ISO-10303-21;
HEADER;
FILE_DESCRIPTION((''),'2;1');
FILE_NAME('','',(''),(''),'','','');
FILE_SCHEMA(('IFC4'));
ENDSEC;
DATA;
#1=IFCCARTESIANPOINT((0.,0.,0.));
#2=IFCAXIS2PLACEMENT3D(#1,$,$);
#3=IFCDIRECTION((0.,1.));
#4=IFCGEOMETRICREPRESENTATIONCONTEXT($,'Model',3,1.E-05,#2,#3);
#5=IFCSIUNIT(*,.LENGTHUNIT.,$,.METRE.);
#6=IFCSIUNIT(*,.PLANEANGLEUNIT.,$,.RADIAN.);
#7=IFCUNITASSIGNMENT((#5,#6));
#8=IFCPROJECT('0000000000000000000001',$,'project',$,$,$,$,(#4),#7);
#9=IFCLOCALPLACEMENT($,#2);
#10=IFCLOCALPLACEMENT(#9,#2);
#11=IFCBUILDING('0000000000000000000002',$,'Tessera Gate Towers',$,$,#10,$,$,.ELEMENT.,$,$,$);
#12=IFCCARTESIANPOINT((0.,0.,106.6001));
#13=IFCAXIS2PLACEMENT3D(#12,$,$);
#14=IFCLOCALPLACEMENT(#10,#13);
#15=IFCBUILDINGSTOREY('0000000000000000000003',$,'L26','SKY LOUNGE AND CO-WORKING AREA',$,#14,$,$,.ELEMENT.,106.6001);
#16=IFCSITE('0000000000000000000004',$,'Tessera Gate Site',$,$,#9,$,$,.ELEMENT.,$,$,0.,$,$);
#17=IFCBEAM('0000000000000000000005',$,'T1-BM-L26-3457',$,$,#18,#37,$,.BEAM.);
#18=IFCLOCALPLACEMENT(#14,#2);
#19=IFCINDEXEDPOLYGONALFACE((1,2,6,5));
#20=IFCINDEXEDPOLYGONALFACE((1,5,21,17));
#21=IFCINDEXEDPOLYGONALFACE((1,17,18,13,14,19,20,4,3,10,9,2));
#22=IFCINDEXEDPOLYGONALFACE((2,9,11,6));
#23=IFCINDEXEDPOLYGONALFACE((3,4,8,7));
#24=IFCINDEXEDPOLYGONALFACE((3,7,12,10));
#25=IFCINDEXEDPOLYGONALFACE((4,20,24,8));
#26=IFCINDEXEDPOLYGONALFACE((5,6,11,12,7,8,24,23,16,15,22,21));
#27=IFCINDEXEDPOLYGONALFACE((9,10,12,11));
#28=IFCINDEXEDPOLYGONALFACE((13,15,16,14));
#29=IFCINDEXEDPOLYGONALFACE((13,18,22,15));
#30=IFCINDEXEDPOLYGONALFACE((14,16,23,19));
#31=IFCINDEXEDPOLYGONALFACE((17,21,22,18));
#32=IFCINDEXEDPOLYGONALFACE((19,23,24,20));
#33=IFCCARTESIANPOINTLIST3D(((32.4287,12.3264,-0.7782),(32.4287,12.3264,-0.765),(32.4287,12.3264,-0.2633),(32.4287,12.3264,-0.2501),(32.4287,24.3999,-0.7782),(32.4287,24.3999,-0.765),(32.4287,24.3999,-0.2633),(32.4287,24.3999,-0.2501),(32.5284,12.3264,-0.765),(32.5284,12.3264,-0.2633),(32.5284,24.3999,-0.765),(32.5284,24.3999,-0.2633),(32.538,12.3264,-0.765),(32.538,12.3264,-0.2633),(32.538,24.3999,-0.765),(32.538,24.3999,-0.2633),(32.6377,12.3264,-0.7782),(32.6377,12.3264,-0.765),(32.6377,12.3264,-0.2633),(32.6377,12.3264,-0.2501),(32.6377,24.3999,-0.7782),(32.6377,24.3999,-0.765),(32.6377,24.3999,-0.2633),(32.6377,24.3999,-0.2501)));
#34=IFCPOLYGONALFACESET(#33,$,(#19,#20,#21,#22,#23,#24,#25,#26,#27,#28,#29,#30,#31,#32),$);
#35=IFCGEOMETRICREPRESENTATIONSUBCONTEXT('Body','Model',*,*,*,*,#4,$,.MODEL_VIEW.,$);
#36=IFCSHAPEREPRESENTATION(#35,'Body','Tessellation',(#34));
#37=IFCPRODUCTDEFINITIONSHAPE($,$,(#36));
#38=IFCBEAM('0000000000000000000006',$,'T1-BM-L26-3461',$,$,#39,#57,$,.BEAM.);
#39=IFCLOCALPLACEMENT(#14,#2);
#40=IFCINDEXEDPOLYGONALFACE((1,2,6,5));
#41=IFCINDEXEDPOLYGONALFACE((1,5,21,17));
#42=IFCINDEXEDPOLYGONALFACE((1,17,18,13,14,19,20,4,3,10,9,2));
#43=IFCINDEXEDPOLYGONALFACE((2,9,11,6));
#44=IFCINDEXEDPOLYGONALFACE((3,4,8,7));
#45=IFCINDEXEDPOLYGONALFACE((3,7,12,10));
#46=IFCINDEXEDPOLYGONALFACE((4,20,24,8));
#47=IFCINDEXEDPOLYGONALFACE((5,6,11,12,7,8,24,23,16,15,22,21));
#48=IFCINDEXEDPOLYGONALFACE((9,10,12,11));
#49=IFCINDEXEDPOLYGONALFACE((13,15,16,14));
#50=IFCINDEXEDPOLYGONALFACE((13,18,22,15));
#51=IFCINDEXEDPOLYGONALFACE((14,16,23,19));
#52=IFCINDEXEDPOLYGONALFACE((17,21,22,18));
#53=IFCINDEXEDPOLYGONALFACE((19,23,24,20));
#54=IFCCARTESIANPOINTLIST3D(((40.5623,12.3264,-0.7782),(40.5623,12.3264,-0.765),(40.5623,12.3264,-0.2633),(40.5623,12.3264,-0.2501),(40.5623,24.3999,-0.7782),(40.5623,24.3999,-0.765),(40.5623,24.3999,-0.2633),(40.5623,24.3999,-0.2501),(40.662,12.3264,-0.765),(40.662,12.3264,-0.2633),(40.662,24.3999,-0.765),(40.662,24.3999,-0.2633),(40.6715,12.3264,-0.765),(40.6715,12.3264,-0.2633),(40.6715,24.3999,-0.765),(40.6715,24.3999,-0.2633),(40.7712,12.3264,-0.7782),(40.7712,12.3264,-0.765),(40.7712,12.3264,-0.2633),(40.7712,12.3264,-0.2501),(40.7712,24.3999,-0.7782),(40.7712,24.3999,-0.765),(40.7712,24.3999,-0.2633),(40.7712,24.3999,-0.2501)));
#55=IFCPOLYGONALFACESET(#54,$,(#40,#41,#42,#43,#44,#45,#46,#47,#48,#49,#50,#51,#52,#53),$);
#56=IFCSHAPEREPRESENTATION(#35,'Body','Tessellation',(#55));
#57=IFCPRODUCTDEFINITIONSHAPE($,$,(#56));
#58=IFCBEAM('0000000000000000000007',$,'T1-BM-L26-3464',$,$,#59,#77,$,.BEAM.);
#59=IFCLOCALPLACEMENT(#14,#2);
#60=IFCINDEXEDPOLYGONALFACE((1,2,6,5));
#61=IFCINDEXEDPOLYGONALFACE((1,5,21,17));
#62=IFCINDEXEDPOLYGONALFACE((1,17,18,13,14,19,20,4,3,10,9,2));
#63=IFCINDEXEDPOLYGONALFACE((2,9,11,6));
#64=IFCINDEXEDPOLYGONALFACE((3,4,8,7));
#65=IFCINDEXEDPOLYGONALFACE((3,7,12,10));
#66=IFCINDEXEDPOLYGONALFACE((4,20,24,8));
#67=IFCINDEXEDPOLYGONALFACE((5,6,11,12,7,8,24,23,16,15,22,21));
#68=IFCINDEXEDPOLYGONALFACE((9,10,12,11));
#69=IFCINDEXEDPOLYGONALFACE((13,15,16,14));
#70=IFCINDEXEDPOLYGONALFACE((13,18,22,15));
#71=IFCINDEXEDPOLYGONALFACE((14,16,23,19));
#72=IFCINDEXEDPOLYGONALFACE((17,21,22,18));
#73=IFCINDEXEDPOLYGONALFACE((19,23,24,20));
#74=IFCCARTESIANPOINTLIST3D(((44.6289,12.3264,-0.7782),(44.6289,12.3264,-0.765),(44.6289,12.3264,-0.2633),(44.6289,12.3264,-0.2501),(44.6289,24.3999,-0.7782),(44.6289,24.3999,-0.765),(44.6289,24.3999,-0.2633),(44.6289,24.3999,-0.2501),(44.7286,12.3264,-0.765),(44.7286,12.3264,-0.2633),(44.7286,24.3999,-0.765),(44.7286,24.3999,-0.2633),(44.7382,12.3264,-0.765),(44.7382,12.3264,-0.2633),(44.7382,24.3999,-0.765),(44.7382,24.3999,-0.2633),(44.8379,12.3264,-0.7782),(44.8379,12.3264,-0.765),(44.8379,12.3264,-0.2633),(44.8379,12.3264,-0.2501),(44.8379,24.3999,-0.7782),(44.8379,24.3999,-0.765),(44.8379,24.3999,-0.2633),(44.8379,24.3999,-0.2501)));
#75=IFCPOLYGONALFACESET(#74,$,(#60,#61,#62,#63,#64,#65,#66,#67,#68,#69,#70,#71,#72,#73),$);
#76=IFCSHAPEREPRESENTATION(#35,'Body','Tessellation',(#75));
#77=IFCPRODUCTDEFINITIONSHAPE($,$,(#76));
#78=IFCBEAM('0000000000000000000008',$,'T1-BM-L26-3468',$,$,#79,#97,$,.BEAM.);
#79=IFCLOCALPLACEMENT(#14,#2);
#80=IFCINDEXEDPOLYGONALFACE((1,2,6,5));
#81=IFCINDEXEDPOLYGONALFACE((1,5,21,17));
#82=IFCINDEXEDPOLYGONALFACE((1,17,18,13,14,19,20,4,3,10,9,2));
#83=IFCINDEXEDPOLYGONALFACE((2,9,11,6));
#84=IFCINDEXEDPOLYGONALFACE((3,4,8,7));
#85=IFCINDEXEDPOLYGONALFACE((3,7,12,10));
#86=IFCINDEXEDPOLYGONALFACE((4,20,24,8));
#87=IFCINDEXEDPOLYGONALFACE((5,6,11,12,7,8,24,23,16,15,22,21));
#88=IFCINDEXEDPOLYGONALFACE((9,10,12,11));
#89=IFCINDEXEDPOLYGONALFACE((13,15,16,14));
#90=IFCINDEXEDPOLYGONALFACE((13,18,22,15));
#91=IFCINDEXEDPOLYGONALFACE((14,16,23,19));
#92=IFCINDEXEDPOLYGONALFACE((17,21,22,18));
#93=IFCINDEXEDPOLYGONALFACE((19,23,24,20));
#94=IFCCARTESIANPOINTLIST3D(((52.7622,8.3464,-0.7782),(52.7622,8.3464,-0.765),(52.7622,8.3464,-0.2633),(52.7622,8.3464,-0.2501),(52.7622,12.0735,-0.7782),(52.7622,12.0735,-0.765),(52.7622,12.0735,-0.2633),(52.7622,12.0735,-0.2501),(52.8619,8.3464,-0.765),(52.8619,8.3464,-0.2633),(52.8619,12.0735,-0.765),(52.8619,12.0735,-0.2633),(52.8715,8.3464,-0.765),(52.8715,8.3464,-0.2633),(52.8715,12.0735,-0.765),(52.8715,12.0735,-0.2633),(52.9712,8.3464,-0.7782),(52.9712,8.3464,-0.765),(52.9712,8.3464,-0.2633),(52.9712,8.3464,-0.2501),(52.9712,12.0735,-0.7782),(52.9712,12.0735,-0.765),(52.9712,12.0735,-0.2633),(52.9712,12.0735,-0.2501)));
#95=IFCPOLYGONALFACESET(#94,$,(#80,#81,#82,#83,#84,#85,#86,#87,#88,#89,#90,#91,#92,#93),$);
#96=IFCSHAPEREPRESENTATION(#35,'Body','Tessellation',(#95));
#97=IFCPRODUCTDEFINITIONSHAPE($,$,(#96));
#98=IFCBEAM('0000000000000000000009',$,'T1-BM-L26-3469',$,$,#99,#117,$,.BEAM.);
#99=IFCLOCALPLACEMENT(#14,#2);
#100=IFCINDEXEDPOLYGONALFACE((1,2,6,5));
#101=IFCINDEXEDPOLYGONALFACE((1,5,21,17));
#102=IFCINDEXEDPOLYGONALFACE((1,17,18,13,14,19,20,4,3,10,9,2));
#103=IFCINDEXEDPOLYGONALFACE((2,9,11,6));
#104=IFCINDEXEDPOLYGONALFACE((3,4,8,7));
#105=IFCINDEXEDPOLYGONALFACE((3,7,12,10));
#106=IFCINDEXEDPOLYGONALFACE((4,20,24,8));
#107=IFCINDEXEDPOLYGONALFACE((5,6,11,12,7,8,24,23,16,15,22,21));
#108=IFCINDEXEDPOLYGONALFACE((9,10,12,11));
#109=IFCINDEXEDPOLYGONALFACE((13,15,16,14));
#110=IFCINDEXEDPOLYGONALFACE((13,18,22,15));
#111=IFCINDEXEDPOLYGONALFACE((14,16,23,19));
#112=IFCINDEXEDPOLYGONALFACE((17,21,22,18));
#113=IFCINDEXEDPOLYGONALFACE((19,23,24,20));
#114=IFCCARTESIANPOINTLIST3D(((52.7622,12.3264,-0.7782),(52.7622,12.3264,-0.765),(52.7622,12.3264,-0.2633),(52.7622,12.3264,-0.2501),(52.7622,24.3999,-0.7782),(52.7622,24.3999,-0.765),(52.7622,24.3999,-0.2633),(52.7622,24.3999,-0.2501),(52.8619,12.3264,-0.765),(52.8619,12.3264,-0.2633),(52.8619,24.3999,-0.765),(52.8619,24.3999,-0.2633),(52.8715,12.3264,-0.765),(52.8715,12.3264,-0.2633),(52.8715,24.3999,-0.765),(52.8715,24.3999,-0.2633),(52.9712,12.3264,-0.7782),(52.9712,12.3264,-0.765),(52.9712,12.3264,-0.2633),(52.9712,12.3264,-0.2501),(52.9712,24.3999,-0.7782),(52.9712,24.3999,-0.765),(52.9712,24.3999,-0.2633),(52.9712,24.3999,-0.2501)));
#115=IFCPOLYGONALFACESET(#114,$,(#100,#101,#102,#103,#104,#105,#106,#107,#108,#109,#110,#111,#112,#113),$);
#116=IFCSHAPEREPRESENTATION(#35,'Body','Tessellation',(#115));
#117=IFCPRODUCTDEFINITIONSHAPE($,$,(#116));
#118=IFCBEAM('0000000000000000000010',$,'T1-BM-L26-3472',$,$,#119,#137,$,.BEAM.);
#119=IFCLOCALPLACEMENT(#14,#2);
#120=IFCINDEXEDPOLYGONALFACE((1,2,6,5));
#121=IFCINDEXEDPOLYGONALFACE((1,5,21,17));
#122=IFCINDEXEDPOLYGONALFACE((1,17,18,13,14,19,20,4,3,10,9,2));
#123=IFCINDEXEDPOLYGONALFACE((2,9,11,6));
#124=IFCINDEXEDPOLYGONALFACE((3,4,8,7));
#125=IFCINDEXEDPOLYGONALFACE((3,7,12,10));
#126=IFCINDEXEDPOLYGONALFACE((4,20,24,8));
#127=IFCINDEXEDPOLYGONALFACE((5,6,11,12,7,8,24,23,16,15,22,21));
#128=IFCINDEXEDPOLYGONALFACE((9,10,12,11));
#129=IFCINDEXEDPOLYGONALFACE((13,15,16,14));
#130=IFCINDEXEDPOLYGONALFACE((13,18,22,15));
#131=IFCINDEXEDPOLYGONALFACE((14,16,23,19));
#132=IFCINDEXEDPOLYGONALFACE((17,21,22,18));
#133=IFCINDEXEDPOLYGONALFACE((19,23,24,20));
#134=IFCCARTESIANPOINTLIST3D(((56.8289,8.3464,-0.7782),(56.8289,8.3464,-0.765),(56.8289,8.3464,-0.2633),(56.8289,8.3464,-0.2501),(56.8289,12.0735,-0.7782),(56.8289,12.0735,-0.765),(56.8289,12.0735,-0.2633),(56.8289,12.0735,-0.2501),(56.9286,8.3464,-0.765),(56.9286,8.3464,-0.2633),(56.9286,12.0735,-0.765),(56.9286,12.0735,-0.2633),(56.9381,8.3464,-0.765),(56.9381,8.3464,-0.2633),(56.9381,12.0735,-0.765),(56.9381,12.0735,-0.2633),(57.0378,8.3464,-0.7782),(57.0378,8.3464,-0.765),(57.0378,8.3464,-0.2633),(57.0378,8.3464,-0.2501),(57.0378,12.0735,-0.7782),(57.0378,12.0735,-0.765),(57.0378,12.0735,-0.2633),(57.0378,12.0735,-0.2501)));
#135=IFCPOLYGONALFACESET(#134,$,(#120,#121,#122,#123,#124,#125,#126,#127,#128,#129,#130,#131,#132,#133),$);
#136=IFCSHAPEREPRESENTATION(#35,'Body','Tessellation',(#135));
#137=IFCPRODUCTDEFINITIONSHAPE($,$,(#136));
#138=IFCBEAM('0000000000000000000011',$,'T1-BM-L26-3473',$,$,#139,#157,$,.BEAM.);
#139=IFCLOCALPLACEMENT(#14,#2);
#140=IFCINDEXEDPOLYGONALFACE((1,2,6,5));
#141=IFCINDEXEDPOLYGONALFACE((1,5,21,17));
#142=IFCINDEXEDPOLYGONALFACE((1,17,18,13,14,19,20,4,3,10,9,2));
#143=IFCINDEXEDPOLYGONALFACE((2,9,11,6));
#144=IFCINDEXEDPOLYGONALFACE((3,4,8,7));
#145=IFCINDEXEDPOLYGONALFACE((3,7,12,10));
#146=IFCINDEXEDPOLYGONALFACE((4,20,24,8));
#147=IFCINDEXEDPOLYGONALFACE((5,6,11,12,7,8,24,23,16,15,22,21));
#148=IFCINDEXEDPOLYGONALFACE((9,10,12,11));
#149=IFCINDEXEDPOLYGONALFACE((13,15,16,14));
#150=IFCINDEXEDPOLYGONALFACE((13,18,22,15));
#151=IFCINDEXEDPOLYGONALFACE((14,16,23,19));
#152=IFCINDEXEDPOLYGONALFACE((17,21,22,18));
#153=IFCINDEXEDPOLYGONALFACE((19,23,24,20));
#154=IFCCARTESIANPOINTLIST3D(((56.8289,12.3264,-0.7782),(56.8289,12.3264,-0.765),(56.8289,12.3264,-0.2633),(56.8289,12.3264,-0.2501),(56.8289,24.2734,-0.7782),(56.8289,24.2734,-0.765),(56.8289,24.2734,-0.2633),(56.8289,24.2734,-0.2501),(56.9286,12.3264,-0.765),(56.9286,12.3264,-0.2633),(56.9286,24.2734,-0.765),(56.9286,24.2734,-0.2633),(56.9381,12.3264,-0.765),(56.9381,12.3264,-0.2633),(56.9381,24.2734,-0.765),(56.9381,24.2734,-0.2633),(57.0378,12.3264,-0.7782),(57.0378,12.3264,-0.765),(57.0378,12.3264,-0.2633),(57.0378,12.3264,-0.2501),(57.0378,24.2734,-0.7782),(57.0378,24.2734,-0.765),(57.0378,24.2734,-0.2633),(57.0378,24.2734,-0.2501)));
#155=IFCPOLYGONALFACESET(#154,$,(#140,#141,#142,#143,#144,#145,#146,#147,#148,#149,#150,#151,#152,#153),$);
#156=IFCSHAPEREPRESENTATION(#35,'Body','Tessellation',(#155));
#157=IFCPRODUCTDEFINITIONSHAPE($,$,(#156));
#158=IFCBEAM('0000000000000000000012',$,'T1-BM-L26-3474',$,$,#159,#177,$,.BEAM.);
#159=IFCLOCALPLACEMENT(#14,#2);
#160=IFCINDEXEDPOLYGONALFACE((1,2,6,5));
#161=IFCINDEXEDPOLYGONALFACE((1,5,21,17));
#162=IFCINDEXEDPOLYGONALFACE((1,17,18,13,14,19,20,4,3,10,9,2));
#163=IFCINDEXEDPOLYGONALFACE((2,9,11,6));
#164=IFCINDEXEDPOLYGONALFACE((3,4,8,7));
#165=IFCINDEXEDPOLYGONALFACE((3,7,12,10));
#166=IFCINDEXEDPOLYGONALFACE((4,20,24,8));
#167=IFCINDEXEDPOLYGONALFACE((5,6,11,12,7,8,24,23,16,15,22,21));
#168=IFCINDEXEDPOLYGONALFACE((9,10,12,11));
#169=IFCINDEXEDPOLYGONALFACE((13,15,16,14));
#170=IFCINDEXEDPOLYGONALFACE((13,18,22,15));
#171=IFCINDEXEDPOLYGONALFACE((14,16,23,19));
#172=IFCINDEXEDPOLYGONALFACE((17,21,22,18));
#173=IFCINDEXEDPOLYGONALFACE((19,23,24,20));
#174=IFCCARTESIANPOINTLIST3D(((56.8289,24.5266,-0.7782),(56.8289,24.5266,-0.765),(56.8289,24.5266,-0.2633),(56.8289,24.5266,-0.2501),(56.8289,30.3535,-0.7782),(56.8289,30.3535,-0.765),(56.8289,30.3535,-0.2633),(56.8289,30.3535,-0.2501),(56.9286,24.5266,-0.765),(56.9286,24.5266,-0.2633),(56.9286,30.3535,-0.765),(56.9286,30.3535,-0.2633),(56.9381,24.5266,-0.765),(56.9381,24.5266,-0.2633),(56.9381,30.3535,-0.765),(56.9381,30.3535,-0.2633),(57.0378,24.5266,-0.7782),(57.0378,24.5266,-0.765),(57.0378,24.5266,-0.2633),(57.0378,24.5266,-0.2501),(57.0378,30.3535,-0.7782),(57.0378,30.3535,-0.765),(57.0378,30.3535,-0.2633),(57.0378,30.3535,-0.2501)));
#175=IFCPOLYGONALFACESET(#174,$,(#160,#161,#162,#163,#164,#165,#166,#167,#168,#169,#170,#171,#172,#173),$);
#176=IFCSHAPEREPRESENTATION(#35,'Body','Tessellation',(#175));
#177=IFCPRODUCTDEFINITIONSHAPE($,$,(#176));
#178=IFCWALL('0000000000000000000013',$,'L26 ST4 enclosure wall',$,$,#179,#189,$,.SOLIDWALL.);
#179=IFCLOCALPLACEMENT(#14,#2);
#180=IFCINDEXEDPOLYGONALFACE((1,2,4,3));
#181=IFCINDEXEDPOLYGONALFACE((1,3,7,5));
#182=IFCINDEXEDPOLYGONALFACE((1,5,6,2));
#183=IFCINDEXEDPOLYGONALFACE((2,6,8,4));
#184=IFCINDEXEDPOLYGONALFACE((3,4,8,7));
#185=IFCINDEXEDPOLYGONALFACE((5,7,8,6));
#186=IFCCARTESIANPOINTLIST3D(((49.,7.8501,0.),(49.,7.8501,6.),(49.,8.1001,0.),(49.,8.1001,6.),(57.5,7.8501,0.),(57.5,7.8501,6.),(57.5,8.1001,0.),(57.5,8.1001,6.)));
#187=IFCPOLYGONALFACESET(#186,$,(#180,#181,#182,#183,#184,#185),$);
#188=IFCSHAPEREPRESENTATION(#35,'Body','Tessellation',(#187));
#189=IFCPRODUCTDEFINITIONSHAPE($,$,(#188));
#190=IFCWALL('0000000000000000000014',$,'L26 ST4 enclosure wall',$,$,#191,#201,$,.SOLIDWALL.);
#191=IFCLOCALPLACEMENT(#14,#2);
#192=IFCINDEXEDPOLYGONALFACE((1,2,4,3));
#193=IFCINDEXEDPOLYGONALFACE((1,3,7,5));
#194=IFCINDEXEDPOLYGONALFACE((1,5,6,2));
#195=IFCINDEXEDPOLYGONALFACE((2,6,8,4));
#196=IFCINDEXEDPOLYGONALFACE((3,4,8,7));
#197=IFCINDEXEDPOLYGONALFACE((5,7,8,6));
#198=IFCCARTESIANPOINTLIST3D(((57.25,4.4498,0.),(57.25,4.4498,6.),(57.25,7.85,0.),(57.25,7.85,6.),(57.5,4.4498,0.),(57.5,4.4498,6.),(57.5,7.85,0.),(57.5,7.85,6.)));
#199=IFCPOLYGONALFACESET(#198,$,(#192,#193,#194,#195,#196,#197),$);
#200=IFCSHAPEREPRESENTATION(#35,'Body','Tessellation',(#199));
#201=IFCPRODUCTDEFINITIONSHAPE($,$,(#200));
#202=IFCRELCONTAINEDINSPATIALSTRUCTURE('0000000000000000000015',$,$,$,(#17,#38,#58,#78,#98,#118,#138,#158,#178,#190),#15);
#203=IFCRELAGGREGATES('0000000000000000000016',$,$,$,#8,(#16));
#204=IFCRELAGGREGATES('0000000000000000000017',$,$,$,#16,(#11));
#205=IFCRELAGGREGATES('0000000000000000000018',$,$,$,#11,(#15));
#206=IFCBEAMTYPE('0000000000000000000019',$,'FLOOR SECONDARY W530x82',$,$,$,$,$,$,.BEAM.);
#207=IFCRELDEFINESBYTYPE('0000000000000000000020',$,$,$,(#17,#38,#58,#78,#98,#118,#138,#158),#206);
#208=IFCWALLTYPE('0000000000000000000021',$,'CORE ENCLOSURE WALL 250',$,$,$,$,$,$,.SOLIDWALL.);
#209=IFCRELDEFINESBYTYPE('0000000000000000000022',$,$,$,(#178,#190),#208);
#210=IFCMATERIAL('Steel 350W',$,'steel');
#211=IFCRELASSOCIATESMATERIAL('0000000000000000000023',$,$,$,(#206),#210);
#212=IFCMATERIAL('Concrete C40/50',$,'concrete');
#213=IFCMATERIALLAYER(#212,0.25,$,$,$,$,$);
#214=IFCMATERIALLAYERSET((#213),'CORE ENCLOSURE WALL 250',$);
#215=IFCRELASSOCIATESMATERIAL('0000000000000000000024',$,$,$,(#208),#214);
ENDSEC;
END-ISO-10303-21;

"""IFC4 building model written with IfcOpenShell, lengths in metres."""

from ifc_helpers import new_model, si_unit, direction, frame, frame_2d, origin, origin_2d, place, context, subcontext, project, spatial, rectangle, i_section, extrude, material, layer, layer_set, material_profile, profile_set, type_object, element, save


model = new_model("IFC4")

# Units and contexts
model_context = context("Model", 3, precision=1e-05, world=origin(), true_north=direction((0.0, 1.0)))
body_context = subcontext(model_context, "Body", "Model", "MODEL_VIEW")
ifc_project = project(units=[si_unit("LENGTHUNIT", "METRE"), si_unit("PLANEANGLEUNIT", "RADIAN")], contexts=[model_context])

# Site, building, storey
site_placement = place(None, origin())
site = spatial("IfcSite", under=ifc_project, at=site_placement, Name="Tessera Gate Site", CompositionType="ELEMENT", RefElevation=0.0)
building_placement = place(site_placement, origin())
building = spatial("IfcBuilding", under=site, at=building_placement, Name="Tessera Gate Towers", CompositionType="ELEMENT")
storey_placement = place(building_placement, frame((0.0, 0.0, 106.6001)))
storey = spatial("IfcBuildingStorey", under=building, at=storey_placement, Name="L26", Description="SKY LOUNGE AND CO-WORKING AREA", CompositionType="ELEMENT", Elevation=106.6001)

# Beams
ifc_material_1 = material(Name="Steel 350W", Category="steel")
ifc_material_profile_1 = material_profile(ifc_material_1, i_section(OverallWidth=0.209, OverallDepth=0.5281, WebThickness=0.0095, FlangeThickness=0.0132, at=origin_2d()), Name="W530x82")
ifc_profile_set_1 = profile_set([ifc_material_profile_1], Name="Steel 350W")
beam_type_1 = type_object("IfcBeamType", Name="FLOOR SECONDARY W530x82", PredefinedType="BEAM", material=ifc_profile_set_1)
for number, where, z_axis, x_axis, name in (
    (1, (32.5332, 12.3264, -0.5142), (0.0, 1.0, 0.0), (-1.0, 0.0, 0.0), "T1-BM-L26-3457"),
    (2, (40.6667, 12.3264, -0.5142), (0.0, 1.0, 0.0), (-1.0, 0.0, 0.0), "T1-BM-L26-3461"),
    (3, (44.7334, 12.3264, -0.5142), (0.0, 1.0, 0.0), (-1.0, 0.0, 0.0), "T1-BM-L26-3464"),
):
    element("IfcBeam", number, at=place(storey_placement, frame(where, z_axis=z_axis, x_axis=x_axis)), inside=storey, type_object=beam_type_1, Name=name, PredefinedType="BEAM", context=body_context, shape_type="SweptSolid", body=[
        extrude(i_section(OverallWidth=0.209, OverallDepth=0.5281, WebThickness=0.0095, FlangeThickness=0.0132, at=origin_2d()), origin(), (0.0, 0.0, 1.0), 12.0735),
    ])
beam_1_placement = place(storey_placement, frame((52.8667, 8.3464, -0.5142), z_axis=(0.0, 1.0, 0.0), x_axis=(-1.0, 0.0, 0.0)))
element("IfcBeam", 4, at=beam_1_placement, inside=storey, type_object=beam_type_1, Name="T1-BM-L26-3468", PredefinedType="BEAM", context=body_context, shape_type="SweptSolid", body=[
    extrude(i_section(OverallWidth=0.209, OverallDepth=0.5281, WebThickness=0.0095, FlangeThickness=0.0132, at=origin_2d()), origin(), (0.0, 0.0, 1.0), 3.7271),
])
beam_2_placement = place(storey_placement, frame((52.8667, 12.3264, -0.5142), z_axis=(0.0, 1.0, 0.0), x_axis=(-1.0, 0.0, 0.0)))
element("IfcBeam", 5, at=beam_2_placement, inside=storey, type_object=beam_type_1, Name="T1-BM-L26-3469", PredefinedType="BEAM", context=body_context, shape_type="SweptSolid", body=[
    extrude(i_section(OverallWidth=0.209, OverallDepth=0.5281, WebThickness=0.0095, FlangeThickness=0.0132, at=origin_2d()), origin(), (0.0, 0.0, 1.0), 12.0735),
])
beam_3_placement = place(storey_placement, frame((56.9333, 8.3464, -0.5142), z_axis=(0.0, 1.0, 0.0), x_axis=(-1.0, 0.0, 0.0)))
element("IfcBeam", 6, at=beam_3_placement, inside=storey, type_object=beam_type_1, Name="T1-BM-L26-3472", PredefinedType="BEAM", context=body_context, shape_type="SweptSolid", body=[
    extrude(i_section(OverallWidth=0.209, OverallDepth=0.5281, WebThickness=0.0095, FlangeThickness=0.0132, at=origin_2d()), origin(), (0.0, 0.0, 1.0), 3.7271),
])
beam_4_placement = place(storey_placement, frame((56.9333, 12.3264, -0.5142), z_axis=(0.0, 1.0, 0.0), x_axis=(-1.0, 0.0, 0.0)))
element("IfcBeam", 7, at=beam_4_placement, inside=storey, type_object=beam_type_1, Name="T1-BM-L26-3473", PredefinedType="BEAM", context=body_context, shape_type="SweptSolid", body=[
    extrude(i_section(OverallWidth=0.209, OverallDepth=0.5281, WebThickness=0.0095, FlangeThickness=0.0132, at=origin_2d()), origin(), (0.0, 0.0, 1.0), 11.947),
])
beam_5_placement = place(storey_placement, frame((56.9333, 24.5266, -0.5142), z_axis=(0.0, 1.0, 0.0), x_axis=(-1.0, 0.0, 0.0)))
element("IfcBeam", 8, at=beam_5_placement, inside=storey, type_object=beam_type_1, Name="T1-BM-L26-3474", PredefinedType="BEAM", context=body_context, shape_type="SweptSolid", body=[
    extrude(i_section(OverallWidth=0.209, OverallDepth=0.5281, WebThickness=0.0095, FlangeThickness=0.0132, at=origin_2d()), origin(), (0.0, 0.0, 1.0), 5.8269),
])

# Walls
ifc_material_2 = material(Name="Concrete C40/50", Category="concrete")
ifc_layer_1 = layer(ifc_material_2, 0.25)
ifc_layer_set_1 = layer_set([ifc_layer_1], Name="CORE ENCLOSURE WALL 250")
wall_type_1 = type_object("IfcWallType", Name="CORE ENCLOSURE WALL 250", PredefinedType="SOLIDWALL", material=ifc_layer_set_1)
wall_1_placement = place(storey_placement, frame((49.0, 7.9751, 0.0), z_axis=(0.0, 0.0, 1.0), x_axis=(1.0, 0.0, 0.0)))
element("IfcWall", 9, at=wall_1_placement, inside=storey, type_object=wall_type_1, Name="L26 ST4 enclosure wall", PredefinedType="SOLIDWALL", context=body_context, shape_type="SweptSolid", body=[
    extrude(rectangle(XDim=8.5, YDim=0.25, at=frame_2d((4.25, 0.0))), origin(), (0.0, 0.0, 1.0), 6.0),
])
wall_2_placement = place(storey_placement, frame((57.375, 7.8501, 0.0), z_axis=(0.0, 0.0, 1.0), x_axis=(0.0, -1.0, 0.0)))
element("IfcWall", 10, at=wall_2_placement, inside=storey, type_object=wall_type_1, Name="L26 ST4 enclosure wall", PredefinedType="SOLIDWALL", context=body_context, shape_type="SweptSolid", body=[
    extrude(rectangle(XDim=3.4001, YDim=0.25, at=frame_2d((1.7002, 0.0))), origin(), (0.0, 0.0, 1.0), 6.0),
])

save(model, "model.ifc")
